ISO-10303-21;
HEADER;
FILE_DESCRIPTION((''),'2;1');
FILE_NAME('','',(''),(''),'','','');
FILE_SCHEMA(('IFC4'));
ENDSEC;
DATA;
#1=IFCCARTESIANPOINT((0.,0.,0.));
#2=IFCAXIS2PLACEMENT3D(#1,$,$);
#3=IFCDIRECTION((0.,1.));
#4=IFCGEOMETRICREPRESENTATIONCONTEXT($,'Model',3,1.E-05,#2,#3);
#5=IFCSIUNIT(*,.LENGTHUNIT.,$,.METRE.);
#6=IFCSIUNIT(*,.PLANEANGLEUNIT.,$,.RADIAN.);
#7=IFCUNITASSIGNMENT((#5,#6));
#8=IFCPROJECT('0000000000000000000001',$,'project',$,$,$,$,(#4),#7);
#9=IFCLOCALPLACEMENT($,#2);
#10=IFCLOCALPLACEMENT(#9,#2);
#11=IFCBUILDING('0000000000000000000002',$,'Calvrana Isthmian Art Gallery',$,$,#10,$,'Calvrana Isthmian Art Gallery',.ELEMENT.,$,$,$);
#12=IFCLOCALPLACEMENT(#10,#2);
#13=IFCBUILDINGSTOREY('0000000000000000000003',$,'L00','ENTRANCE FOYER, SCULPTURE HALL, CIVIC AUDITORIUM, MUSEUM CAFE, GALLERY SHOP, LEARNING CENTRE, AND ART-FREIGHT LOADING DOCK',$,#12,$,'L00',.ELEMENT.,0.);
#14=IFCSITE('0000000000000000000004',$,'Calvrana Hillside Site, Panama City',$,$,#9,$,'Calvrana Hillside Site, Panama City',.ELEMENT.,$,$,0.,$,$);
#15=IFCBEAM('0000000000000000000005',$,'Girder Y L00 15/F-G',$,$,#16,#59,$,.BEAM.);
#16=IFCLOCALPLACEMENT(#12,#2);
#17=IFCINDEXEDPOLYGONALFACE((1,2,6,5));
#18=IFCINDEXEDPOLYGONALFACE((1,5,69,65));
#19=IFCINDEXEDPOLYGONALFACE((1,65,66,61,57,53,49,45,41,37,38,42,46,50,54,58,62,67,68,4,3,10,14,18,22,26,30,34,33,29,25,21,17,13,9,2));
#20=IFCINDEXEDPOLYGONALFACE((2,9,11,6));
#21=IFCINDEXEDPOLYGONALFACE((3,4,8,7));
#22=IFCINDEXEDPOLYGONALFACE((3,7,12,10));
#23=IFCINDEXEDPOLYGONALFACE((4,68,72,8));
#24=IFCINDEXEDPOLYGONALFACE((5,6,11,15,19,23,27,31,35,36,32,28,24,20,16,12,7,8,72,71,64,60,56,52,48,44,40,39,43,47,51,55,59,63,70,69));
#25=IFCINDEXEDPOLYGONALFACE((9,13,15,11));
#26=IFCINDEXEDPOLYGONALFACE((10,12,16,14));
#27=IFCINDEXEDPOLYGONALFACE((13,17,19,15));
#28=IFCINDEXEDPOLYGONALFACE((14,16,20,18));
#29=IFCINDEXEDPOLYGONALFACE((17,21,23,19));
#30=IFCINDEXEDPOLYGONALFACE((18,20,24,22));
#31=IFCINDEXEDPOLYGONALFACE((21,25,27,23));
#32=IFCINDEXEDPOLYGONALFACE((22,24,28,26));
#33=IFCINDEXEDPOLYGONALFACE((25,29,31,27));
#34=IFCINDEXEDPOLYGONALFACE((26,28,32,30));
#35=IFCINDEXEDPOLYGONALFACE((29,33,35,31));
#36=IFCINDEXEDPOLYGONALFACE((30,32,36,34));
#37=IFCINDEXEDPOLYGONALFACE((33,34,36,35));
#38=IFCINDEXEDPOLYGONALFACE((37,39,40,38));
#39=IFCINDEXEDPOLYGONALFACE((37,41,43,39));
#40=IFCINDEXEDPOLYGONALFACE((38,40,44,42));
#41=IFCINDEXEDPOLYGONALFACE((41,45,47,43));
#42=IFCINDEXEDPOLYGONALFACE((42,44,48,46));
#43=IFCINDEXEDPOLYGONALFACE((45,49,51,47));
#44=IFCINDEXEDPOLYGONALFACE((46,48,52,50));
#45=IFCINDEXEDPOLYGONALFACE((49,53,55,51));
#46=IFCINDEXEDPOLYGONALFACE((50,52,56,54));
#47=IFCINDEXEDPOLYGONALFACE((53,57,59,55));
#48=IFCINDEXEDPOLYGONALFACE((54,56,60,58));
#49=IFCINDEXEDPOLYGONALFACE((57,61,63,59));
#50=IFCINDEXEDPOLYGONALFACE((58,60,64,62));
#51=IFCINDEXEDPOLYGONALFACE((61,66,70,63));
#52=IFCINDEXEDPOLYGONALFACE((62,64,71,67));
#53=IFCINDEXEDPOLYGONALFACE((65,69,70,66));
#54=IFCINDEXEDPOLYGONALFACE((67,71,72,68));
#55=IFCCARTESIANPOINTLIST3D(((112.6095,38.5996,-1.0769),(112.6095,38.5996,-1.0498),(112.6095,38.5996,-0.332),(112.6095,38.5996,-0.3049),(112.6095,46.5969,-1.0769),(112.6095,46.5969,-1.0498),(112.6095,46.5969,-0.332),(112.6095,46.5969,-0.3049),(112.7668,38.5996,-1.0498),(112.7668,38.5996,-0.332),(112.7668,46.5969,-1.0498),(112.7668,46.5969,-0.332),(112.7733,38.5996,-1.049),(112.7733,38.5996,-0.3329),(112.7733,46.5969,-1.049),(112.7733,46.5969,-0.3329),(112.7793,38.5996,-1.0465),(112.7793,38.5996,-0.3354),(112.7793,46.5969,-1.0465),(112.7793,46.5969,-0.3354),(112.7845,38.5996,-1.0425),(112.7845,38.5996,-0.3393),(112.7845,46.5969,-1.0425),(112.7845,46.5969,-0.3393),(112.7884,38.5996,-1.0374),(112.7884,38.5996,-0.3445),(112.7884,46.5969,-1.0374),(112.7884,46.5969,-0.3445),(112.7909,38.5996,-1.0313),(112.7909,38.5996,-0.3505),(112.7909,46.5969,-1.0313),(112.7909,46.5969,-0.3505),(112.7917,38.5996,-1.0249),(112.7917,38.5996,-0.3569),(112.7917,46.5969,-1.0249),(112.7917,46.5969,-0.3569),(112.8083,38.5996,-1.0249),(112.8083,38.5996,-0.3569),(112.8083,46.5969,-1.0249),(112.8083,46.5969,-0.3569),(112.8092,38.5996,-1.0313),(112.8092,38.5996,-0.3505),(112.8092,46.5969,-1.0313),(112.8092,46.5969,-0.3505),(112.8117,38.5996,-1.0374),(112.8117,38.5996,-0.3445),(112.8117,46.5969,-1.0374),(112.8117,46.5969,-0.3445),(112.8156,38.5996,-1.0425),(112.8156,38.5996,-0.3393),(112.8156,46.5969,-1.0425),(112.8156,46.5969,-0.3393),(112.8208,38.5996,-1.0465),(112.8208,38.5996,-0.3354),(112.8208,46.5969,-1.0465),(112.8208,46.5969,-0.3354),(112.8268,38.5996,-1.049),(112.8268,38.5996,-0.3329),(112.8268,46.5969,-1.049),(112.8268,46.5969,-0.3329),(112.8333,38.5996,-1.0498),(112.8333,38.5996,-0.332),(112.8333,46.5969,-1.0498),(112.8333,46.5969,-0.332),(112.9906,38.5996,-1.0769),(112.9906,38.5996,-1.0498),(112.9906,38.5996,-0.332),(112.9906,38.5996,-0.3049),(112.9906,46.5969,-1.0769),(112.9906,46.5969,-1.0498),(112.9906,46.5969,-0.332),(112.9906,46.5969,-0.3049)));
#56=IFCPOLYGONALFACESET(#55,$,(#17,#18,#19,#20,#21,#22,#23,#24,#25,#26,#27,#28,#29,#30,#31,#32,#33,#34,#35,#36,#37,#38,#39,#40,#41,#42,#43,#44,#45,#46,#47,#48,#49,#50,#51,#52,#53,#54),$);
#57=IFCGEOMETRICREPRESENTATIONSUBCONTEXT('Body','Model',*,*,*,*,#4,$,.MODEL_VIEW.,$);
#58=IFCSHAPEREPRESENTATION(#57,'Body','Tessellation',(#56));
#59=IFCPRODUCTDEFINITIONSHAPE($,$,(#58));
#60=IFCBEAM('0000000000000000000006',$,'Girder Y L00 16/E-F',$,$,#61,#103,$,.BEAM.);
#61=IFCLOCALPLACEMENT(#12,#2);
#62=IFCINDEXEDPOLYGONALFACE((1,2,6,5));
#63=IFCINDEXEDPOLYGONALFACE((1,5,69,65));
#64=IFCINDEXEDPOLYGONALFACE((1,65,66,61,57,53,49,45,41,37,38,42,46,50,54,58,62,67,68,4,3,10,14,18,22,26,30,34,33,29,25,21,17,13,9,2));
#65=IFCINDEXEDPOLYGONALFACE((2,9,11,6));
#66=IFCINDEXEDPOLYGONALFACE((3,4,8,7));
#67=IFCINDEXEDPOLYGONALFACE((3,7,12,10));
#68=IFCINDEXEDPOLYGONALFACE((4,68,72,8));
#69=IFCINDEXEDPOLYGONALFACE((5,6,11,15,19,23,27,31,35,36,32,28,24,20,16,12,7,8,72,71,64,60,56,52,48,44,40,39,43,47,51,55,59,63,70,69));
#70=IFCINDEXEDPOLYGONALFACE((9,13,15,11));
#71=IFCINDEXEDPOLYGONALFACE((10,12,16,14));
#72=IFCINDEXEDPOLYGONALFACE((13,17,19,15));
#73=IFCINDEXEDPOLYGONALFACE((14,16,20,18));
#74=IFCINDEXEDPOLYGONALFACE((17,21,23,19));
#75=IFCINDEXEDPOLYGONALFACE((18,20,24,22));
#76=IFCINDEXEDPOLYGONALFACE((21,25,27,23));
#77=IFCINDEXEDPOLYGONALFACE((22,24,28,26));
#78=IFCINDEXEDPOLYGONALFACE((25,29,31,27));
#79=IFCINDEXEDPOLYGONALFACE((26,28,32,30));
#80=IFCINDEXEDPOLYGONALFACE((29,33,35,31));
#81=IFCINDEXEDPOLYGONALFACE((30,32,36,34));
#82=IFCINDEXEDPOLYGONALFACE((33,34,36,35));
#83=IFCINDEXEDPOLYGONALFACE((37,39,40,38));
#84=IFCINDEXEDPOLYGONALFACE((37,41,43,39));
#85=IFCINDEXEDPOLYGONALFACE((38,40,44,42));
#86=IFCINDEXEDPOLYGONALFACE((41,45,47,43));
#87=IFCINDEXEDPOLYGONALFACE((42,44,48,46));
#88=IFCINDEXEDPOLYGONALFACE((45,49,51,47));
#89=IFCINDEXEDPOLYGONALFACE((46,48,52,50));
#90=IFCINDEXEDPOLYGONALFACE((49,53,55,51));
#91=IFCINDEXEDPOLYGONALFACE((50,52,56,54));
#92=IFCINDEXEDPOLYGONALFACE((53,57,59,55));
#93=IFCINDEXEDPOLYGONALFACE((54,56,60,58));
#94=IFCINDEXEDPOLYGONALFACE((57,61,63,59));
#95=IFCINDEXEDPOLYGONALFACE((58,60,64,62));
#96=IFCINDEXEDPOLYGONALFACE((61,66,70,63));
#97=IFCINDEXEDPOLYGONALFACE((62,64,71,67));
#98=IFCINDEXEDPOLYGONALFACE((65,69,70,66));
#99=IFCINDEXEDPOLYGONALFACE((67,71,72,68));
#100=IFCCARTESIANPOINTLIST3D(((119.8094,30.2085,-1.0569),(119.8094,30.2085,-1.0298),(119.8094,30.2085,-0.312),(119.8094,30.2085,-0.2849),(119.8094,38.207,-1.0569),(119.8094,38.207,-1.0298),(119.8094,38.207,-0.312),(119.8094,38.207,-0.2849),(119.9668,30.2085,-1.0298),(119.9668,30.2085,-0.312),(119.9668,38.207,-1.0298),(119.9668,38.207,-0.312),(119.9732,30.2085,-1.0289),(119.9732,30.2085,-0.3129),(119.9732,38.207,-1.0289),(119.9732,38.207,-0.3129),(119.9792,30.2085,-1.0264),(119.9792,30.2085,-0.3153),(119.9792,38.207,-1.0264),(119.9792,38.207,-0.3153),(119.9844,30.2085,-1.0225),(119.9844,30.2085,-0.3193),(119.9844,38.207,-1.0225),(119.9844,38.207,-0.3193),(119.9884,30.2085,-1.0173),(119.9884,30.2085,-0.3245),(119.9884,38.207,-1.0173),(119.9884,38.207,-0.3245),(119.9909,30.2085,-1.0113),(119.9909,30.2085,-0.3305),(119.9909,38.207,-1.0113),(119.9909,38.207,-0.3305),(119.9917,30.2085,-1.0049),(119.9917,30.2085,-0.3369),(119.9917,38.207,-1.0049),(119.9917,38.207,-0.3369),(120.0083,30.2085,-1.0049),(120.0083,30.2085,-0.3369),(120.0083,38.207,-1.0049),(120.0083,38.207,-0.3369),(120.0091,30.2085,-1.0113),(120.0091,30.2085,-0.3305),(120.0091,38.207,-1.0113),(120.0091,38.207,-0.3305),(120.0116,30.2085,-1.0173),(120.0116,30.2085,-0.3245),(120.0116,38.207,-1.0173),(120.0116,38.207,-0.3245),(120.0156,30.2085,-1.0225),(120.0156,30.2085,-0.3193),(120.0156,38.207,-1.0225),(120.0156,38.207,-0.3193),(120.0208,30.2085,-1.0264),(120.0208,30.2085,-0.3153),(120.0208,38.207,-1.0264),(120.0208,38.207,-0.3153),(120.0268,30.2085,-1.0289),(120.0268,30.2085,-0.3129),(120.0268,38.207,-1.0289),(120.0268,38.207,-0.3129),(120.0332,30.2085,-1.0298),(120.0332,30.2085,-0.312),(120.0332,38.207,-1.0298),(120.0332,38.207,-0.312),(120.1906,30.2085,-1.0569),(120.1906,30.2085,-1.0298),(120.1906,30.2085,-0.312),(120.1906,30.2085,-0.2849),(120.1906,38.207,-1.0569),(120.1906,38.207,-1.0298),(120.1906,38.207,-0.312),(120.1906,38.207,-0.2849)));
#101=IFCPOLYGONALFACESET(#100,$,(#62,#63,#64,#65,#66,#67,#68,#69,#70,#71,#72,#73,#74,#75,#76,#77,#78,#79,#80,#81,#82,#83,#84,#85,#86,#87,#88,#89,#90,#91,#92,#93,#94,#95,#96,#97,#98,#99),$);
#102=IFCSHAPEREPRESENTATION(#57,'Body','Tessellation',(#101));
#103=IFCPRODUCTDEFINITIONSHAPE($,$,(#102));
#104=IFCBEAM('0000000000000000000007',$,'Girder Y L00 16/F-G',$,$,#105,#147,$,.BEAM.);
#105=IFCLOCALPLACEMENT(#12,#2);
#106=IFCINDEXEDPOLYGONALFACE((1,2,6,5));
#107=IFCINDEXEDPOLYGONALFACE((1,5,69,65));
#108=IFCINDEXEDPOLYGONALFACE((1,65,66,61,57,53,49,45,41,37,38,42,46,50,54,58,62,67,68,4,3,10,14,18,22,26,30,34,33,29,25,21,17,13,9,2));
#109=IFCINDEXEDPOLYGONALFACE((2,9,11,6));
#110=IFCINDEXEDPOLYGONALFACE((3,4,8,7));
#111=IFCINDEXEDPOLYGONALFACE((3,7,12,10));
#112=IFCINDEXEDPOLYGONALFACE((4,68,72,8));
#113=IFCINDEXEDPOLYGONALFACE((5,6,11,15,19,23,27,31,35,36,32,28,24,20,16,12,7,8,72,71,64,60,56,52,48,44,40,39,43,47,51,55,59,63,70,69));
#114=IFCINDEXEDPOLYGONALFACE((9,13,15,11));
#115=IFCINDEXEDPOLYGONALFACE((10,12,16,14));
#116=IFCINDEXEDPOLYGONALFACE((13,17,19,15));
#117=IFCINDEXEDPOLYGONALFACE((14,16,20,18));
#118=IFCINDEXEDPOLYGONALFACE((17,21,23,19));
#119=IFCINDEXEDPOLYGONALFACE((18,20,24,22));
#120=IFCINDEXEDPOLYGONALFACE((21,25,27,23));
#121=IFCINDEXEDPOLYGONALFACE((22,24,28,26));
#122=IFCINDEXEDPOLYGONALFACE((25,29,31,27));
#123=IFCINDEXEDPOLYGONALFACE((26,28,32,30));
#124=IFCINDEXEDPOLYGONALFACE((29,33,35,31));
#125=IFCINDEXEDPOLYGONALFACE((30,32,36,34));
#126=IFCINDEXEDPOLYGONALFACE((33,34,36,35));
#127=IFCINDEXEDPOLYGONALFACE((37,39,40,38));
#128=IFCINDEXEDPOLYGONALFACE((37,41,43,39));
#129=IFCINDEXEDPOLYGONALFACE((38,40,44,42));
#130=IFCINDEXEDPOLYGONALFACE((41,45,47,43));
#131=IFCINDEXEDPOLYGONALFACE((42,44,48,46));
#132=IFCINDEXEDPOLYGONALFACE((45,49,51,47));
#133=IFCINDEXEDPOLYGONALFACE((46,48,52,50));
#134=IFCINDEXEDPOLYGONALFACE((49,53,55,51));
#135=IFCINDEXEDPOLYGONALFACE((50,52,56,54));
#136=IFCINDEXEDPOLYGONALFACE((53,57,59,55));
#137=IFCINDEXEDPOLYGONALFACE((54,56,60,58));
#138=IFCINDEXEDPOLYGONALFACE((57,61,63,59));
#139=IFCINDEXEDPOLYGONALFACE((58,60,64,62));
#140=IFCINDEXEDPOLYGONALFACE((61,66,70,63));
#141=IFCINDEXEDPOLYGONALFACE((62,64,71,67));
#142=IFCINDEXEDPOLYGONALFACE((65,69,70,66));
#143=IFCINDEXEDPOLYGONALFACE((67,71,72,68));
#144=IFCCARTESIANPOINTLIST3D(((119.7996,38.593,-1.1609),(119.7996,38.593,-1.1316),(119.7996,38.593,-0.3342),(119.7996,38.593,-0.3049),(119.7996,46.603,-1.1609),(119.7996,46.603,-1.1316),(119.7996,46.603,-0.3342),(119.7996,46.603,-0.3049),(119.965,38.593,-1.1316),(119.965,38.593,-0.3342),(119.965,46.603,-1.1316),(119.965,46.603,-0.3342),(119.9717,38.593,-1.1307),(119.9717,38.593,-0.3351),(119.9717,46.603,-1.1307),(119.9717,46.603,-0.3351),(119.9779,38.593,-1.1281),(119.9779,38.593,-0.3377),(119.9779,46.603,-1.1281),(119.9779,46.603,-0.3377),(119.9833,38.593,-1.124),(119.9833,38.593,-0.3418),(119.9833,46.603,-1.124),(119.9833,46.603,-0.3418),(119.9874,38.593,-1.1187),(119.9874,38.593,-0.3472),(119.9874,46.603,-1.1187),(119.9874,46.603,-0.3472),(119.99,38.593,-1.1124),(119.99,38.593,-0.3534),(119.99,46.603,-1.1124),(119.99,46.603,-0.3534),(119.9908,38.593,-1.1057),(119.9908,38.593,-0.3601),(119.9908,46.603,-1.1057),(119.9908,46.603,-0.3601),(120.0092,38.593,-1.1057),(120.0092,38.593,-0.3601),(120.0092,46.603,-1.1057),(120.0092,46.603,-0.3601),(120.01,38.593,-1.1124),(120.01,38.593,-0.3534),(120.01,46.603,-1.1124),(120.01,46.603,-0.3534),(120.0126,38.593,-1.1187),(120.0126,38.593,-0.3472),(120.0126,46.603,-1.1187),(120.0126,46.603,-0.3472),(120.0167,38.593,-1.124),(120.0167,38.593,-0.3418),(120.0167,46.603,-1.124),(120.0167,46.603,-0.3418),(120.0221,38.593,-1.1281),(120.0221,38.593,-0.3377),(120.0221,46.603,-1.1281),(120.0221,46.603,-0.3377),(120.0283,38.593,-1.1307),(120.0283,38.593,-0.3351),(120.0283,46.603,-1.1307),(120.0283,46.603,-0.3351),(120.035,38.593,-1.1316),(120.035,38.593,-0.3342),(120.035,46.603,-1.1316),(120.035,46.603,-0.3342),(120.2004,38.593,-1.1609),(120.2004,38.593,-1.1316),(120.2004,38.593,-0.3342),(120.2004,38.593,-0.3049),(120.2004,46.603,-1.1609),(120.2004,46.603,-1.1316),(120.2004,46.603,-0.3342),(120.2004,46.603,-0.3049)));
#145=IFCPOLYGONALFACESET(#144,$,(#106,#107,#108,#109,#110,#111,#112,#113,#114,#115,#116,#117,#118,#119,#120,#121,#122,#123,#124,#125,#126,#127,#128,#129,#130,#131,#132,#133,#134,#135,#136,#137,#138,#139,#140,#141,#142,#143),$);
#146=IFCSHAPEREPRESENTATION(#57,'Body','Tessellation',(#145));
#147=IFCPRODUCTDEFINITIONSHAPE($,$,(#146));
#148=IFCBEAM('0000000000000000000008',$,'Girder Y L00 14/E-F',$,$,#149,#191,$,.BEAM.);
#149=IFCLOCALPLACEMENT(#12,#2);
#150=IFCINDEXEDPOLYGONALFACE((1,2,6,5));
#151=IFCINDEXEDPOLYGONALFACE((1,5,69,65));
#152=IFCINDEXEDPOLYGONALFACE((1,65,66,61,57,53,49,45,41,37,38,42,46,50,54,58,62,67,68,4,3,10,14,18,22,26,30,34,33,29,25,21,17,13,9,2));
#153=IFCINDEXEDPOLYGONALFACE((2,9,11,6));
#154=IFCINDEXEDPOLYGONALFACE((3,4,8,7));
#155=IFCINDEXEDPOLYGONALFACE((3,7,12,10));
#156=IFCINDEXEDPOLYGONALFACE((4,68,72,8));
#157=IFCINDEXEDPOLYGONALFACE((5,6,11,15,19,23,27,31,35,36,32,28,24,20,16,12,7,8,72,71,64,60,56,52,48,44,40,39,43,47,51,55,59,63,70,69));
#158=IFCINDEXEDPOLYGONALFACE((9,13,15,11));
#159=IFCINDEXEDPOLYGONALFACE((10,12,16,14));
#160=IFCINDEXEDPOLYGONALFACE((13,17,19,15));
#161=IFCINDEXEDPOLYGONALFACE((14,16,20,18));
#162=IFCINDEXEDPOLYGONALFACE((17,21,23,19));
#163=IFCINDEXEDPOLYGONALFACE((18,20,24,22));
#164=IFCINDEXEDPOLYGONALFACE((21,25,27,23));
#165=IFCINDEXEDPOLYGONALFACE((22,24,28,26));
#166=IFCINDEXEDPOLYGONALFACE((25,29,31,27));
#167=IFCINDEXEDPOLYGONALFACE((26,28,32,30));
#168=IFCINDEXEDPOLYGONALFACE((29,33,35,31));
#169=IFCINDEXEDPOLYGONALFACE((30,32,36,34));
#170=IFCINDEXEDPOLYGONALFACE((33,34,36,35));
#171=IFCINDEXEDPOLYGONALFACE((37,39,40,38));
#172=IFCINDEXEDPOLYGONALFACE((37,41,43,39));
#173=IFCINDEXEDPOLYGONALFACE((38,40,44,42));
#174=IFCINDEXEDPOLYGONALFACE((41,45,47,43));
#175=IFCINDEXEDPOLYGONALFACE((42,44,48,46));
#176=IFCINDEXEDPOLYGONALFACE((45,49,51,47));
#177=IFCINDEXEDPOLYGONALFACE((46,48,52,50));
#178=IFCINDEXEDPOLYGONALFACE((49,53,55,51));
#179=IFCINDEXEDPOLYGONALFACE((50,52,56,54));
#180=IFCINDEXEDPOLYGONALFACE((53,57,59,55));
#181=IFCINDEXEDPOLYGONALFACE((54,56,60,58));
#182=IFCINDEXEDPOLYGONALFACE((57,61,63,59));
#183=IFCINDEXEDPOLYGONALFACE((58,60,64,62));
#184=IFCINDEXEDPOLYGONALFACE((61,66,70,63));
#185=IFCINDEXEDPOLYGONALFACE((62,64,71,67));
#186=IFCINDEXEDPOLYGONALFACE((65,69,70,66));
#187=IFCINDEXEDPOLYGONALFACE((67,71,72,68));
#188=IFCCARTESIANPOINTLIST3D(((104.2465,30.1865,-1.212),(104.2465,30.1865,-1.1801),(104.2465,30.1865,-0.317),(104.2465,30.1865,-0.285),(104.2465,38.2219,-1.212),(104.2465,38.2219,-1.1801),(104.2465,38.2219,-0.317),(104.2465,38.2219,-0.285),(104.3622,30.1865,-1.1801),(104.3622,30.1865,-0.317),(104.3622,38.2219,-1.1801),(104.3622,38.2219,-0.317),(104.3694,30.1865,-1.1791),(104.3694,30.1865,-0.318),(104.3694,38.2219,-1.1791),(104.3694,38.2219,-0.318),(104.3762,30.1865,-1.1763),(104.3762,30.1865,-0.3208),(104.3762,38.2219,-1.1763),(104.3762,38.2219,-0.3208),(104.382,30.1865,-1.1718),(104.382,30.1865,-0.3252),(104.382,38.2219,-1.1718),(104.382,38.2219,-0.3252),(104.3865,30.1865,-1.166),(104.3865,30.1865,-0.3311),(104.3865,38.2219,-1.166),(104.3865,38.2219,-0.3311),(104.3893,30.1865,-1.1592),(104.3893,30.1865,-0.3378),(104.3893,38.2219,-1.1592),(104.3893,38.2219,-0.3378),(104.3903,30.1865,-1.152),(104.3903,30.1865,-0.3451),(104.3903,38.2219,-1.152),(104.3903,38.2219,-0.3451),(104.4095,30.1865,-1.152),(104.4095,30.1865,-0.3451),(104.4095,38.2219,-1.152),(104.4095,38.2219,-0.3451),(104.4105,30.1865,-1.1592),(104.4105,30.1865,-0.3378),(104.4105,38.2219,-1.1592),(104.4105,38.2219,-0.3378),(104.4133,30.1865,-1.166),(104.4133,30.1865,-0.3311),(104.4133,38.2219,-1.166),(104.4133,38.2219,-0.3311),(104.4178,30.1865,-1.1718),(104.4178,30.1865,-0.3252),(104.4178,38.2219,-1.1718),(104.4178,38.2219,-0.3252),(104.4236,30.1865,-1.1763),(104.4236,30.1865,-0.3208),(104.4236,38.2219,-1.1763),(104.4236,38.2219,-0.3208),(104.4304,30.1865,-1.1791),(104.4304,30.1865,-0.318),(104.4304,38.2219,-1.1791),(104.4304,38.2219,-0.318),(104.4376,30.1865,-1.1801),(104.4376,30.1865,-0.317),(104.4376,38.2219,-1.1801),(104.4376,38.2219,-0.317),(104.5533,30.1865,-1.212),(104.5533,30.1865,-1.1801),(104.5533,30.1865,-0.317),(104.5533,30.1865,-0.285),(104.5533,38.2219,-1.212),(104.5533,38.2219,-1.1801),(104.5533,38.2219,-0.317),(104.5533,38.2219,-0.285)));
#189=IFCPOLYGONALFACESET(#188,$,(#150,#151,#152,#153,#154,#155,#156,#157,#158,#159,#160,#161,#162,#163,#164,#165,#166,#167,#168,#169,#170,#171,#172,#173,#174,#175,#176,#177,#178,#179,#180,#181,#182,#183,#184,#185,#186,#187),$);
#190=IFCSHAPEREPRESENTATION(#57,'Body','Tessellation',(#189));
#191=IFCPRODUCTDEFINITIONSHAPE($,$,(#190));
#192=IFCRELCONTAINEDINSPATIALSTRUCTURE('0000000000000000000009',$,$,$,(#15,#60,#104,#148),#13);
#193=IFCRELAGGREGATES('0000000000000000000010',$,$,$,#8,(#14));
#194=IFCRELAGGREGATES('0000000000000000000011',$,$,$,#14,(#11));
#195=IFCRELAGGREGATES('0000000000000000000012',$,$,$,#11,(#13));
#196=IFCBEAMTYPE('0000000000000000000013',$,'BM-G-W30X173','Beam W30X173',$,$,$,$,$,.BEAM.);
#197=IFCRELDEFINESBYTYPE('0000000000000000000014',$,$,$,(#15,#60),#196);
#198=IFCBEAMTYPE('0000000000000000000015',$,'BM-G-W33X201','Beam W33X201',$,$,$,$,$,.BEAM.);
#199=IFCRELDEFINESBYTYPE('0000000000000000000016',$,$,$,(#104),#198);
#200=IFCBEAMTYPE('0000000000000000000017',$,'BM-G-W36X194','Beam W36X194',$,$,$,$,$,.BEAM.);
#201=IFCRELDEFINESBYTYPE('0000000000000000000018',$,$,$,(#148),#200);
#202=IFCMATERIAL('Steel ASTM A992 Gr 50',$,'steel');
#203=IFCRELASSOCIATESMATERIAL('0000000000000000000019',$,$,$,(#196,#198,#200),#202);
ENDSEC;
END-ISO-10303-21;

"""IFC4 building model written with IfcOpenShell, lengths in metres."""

from ifc_helpers import new_model, si_unit, direction, frame, origin, origin_2d, place, context, subcontext, project, spatial, i_section, extrude, material, material_profile, profile_set, type_object, element, save


model = new_model("IFC4")

# Units and contexts
model_context = context("Model", 3, precision=1e-05, world=origin(), true_north=direction((0.0, 1.0)))
body_context = subcontext(model_context, "Body", "Model", "MODEL_VIEW")
ifc_project = project(units=[si_unit("LENGTHUNIT", "METRE"), si_unit("PLANEANGLEUNIT", "RADIAN")], contexts=[model_context])

# Site, building, storey
site_placement = place(None, origin())
site = spatial("IfcSite", under=ifc_project, at=site_placement, Name="Calvrana Hillside Site, Panama City", LongName="Calvrana Hillside Site, Panama City", CompositionType="ELEMENT", RefElevation=0.0)
building_placement = place(site_placement, origin())
building = spatial("IfcBuilding", under=site, at=building_placement, Name="Calvrana Isthmian Art Gallery", LongName="Calvrana Isthmian Art Gallery", CompositionType="ELEMENT")
storey_placement = place(building_placement, origin())
storey = spatial("IfcBuildingStorey", under=building, at=storey_placement, Name="L00", Description="ENTRANCE FOYER, SCULPTURE HALL, CIVIC AUDITORIUM, MUSEUM CAFE, GALLERY SHOP, LEARNING CENTRE, AND ART-FREIGHT LOADING DOCK", LongName="L00", CompositionType="ELEMENT", Elevation=0.0)

# Shared definitions
ifc_material_1 = material(Name="Steel ASTM A992 Gr 50", Category="steel")

# Beams
ifc_material_profile_1 = material_profile(ifc_material_1, i_section(OverallWidth=0.3811, OverallDepth=0.772, WebThickness=0.0166, FlangeThickness=0.0271, FilletRadius=0.0249, at=origin_2d()), Name="W30X173")
ifc_profile_set_1 = profile_set([ifc_material_profile_1], Name="Steel ASTM A992 Gr 50")
beam_type_1 = type_object("IfcBeamType", Name="BM-G-W30X173", Description="Beam W30X173", PredefinedType="BEAM", material=ifc_profile_set_1)
beam_1_placement = place(storey_placement, frame((112.8, 38.5996, -0.6909), z_axis=(0.0, 1.0, 0.0), x_axis=(-1.0, 0.0, 0.0)))
element("IfcBeam", 1, at=beam_1_placement, inside=storey, type_object=beam_type_1, Name="Girder Y L00 15/F-G", PredefinedType="BEAM", context=body_context, shape_type="SweptSolid", body=[
    extrude(i_section(OverallWidth=0.3811, OverallDepth=0.772, WebThickness=0.0166, FlangeThickness=0.0271, FilletRadius=0.0249, at=origin_2d()), origin(), (0.0, 0.0, 1.0), 7.9973),
])
beam_2_placement = place(storey_placement, frame((120.0, 30.2085, -0.6709), z_axis=(0.0, 1.0, 0.0), x_axis=(-1.0, 0.0, 0.0)))
element("IfcBeam", 2, at=beam_2_placement, inside=storey, type_object=beam_type_1, Name="Girder Y L00 16/E-F", PredefinedType="BEAM", context=body_context, shape_type="SweptSolid", body=[
    extrude(i_section(OverallWidth=0.3811, OverallDepth=0.772, WebThickness=0.0166, FlangeThickness=0.0271, FilletRadius=0.0249, at=origin_2d()), origin(), (0.0, 0.0, 1.0), 7.9985),
])
ifc_material_profile_2 = material_profile(ifc_material_1, i_section(OverallWidth=0.4009, OverallDepth=0.856, WebThickness=0.0183, FlangeThickness=0.0293, FilletRadius=0.0259, at=origin_2d()), Name="W33X201")
ifc_profile_set_2 = profile_set([ifc_material_profile_2], Name="Steel ASTM A992 Gr 50")
beam_type_2 = type_object("IfcBeamType", Name="BM-G-W33X201", Description="Beam W33X201", PredefinedType="BEAM", material=ifc_profile_set_2)
beam_3_placement = place(storey_placement, frame((120.0, 38.593, -0.7329), z_axis=(0.0, 1.0, 0.0), x_axis=(-1.0, 0.0, 0.0)))
element("IfcBeam", 3, at=beam_3_placement, inside=storey, type_object=beam_type_2, Name="Girder Y L00 16/F-G", PredefinedType="BEAM", context=body_context, shape_type="SweptSolid", body=[
    extrude(i_section(OverallWidth=0.4009, OverallDepth=0.856, WebThickness=0.0183, FlangeThickness=0.0293, FilletRadius=0.0259, at=origin_2d()), origin(), (0.0, 0.0, 1.0), 8.01),
])
ifc_material_profile_3 = material_profile(ifc_material_1, i_section(OverallWidth=0.3069, OverallDepth=0.927, WebThickness=0.0193, FlangeThickness=0.032, FilletRadius=0.0281, at=origin_2d()), Name="W36X194")
ifc_profile_set_3 = profile_set([ifc_material_profile_3], Name="Steel ASTM A992 Gr 50")
beam_type_3 = type_object("IfcBeamType", Name="BM-G-W36X194", Description="Beam W36X194", PredefinedType="BEAM", material=ifc_profile_set_3)
beam_4_placement = place(storey_placement, frame((104.3999, 30.1865, -0.7485), z_axis=(0.0, 1.0, 0.0), x_axis=(-1.0, 0.0, 0.0)))
element("IfcBeam", 4, at=beam_4_placement, inside=storey, type_object=beam_type_3, Name="Girder Y L00 14/E-F", PredefinedType="BEAM", context=body_context, shape_type="SweptSolid", body=[
    extrude(i_section(OverallWidth=0.3069, OverallDepth=0.927, WebThickness=0.0193, FlangeThickness=0.032, FilletRadius=0.0281, at=origin_2d()), origin(), (0.0, 0.0, 1.0), 8.0354),
])

save(model, "model.ifc")
